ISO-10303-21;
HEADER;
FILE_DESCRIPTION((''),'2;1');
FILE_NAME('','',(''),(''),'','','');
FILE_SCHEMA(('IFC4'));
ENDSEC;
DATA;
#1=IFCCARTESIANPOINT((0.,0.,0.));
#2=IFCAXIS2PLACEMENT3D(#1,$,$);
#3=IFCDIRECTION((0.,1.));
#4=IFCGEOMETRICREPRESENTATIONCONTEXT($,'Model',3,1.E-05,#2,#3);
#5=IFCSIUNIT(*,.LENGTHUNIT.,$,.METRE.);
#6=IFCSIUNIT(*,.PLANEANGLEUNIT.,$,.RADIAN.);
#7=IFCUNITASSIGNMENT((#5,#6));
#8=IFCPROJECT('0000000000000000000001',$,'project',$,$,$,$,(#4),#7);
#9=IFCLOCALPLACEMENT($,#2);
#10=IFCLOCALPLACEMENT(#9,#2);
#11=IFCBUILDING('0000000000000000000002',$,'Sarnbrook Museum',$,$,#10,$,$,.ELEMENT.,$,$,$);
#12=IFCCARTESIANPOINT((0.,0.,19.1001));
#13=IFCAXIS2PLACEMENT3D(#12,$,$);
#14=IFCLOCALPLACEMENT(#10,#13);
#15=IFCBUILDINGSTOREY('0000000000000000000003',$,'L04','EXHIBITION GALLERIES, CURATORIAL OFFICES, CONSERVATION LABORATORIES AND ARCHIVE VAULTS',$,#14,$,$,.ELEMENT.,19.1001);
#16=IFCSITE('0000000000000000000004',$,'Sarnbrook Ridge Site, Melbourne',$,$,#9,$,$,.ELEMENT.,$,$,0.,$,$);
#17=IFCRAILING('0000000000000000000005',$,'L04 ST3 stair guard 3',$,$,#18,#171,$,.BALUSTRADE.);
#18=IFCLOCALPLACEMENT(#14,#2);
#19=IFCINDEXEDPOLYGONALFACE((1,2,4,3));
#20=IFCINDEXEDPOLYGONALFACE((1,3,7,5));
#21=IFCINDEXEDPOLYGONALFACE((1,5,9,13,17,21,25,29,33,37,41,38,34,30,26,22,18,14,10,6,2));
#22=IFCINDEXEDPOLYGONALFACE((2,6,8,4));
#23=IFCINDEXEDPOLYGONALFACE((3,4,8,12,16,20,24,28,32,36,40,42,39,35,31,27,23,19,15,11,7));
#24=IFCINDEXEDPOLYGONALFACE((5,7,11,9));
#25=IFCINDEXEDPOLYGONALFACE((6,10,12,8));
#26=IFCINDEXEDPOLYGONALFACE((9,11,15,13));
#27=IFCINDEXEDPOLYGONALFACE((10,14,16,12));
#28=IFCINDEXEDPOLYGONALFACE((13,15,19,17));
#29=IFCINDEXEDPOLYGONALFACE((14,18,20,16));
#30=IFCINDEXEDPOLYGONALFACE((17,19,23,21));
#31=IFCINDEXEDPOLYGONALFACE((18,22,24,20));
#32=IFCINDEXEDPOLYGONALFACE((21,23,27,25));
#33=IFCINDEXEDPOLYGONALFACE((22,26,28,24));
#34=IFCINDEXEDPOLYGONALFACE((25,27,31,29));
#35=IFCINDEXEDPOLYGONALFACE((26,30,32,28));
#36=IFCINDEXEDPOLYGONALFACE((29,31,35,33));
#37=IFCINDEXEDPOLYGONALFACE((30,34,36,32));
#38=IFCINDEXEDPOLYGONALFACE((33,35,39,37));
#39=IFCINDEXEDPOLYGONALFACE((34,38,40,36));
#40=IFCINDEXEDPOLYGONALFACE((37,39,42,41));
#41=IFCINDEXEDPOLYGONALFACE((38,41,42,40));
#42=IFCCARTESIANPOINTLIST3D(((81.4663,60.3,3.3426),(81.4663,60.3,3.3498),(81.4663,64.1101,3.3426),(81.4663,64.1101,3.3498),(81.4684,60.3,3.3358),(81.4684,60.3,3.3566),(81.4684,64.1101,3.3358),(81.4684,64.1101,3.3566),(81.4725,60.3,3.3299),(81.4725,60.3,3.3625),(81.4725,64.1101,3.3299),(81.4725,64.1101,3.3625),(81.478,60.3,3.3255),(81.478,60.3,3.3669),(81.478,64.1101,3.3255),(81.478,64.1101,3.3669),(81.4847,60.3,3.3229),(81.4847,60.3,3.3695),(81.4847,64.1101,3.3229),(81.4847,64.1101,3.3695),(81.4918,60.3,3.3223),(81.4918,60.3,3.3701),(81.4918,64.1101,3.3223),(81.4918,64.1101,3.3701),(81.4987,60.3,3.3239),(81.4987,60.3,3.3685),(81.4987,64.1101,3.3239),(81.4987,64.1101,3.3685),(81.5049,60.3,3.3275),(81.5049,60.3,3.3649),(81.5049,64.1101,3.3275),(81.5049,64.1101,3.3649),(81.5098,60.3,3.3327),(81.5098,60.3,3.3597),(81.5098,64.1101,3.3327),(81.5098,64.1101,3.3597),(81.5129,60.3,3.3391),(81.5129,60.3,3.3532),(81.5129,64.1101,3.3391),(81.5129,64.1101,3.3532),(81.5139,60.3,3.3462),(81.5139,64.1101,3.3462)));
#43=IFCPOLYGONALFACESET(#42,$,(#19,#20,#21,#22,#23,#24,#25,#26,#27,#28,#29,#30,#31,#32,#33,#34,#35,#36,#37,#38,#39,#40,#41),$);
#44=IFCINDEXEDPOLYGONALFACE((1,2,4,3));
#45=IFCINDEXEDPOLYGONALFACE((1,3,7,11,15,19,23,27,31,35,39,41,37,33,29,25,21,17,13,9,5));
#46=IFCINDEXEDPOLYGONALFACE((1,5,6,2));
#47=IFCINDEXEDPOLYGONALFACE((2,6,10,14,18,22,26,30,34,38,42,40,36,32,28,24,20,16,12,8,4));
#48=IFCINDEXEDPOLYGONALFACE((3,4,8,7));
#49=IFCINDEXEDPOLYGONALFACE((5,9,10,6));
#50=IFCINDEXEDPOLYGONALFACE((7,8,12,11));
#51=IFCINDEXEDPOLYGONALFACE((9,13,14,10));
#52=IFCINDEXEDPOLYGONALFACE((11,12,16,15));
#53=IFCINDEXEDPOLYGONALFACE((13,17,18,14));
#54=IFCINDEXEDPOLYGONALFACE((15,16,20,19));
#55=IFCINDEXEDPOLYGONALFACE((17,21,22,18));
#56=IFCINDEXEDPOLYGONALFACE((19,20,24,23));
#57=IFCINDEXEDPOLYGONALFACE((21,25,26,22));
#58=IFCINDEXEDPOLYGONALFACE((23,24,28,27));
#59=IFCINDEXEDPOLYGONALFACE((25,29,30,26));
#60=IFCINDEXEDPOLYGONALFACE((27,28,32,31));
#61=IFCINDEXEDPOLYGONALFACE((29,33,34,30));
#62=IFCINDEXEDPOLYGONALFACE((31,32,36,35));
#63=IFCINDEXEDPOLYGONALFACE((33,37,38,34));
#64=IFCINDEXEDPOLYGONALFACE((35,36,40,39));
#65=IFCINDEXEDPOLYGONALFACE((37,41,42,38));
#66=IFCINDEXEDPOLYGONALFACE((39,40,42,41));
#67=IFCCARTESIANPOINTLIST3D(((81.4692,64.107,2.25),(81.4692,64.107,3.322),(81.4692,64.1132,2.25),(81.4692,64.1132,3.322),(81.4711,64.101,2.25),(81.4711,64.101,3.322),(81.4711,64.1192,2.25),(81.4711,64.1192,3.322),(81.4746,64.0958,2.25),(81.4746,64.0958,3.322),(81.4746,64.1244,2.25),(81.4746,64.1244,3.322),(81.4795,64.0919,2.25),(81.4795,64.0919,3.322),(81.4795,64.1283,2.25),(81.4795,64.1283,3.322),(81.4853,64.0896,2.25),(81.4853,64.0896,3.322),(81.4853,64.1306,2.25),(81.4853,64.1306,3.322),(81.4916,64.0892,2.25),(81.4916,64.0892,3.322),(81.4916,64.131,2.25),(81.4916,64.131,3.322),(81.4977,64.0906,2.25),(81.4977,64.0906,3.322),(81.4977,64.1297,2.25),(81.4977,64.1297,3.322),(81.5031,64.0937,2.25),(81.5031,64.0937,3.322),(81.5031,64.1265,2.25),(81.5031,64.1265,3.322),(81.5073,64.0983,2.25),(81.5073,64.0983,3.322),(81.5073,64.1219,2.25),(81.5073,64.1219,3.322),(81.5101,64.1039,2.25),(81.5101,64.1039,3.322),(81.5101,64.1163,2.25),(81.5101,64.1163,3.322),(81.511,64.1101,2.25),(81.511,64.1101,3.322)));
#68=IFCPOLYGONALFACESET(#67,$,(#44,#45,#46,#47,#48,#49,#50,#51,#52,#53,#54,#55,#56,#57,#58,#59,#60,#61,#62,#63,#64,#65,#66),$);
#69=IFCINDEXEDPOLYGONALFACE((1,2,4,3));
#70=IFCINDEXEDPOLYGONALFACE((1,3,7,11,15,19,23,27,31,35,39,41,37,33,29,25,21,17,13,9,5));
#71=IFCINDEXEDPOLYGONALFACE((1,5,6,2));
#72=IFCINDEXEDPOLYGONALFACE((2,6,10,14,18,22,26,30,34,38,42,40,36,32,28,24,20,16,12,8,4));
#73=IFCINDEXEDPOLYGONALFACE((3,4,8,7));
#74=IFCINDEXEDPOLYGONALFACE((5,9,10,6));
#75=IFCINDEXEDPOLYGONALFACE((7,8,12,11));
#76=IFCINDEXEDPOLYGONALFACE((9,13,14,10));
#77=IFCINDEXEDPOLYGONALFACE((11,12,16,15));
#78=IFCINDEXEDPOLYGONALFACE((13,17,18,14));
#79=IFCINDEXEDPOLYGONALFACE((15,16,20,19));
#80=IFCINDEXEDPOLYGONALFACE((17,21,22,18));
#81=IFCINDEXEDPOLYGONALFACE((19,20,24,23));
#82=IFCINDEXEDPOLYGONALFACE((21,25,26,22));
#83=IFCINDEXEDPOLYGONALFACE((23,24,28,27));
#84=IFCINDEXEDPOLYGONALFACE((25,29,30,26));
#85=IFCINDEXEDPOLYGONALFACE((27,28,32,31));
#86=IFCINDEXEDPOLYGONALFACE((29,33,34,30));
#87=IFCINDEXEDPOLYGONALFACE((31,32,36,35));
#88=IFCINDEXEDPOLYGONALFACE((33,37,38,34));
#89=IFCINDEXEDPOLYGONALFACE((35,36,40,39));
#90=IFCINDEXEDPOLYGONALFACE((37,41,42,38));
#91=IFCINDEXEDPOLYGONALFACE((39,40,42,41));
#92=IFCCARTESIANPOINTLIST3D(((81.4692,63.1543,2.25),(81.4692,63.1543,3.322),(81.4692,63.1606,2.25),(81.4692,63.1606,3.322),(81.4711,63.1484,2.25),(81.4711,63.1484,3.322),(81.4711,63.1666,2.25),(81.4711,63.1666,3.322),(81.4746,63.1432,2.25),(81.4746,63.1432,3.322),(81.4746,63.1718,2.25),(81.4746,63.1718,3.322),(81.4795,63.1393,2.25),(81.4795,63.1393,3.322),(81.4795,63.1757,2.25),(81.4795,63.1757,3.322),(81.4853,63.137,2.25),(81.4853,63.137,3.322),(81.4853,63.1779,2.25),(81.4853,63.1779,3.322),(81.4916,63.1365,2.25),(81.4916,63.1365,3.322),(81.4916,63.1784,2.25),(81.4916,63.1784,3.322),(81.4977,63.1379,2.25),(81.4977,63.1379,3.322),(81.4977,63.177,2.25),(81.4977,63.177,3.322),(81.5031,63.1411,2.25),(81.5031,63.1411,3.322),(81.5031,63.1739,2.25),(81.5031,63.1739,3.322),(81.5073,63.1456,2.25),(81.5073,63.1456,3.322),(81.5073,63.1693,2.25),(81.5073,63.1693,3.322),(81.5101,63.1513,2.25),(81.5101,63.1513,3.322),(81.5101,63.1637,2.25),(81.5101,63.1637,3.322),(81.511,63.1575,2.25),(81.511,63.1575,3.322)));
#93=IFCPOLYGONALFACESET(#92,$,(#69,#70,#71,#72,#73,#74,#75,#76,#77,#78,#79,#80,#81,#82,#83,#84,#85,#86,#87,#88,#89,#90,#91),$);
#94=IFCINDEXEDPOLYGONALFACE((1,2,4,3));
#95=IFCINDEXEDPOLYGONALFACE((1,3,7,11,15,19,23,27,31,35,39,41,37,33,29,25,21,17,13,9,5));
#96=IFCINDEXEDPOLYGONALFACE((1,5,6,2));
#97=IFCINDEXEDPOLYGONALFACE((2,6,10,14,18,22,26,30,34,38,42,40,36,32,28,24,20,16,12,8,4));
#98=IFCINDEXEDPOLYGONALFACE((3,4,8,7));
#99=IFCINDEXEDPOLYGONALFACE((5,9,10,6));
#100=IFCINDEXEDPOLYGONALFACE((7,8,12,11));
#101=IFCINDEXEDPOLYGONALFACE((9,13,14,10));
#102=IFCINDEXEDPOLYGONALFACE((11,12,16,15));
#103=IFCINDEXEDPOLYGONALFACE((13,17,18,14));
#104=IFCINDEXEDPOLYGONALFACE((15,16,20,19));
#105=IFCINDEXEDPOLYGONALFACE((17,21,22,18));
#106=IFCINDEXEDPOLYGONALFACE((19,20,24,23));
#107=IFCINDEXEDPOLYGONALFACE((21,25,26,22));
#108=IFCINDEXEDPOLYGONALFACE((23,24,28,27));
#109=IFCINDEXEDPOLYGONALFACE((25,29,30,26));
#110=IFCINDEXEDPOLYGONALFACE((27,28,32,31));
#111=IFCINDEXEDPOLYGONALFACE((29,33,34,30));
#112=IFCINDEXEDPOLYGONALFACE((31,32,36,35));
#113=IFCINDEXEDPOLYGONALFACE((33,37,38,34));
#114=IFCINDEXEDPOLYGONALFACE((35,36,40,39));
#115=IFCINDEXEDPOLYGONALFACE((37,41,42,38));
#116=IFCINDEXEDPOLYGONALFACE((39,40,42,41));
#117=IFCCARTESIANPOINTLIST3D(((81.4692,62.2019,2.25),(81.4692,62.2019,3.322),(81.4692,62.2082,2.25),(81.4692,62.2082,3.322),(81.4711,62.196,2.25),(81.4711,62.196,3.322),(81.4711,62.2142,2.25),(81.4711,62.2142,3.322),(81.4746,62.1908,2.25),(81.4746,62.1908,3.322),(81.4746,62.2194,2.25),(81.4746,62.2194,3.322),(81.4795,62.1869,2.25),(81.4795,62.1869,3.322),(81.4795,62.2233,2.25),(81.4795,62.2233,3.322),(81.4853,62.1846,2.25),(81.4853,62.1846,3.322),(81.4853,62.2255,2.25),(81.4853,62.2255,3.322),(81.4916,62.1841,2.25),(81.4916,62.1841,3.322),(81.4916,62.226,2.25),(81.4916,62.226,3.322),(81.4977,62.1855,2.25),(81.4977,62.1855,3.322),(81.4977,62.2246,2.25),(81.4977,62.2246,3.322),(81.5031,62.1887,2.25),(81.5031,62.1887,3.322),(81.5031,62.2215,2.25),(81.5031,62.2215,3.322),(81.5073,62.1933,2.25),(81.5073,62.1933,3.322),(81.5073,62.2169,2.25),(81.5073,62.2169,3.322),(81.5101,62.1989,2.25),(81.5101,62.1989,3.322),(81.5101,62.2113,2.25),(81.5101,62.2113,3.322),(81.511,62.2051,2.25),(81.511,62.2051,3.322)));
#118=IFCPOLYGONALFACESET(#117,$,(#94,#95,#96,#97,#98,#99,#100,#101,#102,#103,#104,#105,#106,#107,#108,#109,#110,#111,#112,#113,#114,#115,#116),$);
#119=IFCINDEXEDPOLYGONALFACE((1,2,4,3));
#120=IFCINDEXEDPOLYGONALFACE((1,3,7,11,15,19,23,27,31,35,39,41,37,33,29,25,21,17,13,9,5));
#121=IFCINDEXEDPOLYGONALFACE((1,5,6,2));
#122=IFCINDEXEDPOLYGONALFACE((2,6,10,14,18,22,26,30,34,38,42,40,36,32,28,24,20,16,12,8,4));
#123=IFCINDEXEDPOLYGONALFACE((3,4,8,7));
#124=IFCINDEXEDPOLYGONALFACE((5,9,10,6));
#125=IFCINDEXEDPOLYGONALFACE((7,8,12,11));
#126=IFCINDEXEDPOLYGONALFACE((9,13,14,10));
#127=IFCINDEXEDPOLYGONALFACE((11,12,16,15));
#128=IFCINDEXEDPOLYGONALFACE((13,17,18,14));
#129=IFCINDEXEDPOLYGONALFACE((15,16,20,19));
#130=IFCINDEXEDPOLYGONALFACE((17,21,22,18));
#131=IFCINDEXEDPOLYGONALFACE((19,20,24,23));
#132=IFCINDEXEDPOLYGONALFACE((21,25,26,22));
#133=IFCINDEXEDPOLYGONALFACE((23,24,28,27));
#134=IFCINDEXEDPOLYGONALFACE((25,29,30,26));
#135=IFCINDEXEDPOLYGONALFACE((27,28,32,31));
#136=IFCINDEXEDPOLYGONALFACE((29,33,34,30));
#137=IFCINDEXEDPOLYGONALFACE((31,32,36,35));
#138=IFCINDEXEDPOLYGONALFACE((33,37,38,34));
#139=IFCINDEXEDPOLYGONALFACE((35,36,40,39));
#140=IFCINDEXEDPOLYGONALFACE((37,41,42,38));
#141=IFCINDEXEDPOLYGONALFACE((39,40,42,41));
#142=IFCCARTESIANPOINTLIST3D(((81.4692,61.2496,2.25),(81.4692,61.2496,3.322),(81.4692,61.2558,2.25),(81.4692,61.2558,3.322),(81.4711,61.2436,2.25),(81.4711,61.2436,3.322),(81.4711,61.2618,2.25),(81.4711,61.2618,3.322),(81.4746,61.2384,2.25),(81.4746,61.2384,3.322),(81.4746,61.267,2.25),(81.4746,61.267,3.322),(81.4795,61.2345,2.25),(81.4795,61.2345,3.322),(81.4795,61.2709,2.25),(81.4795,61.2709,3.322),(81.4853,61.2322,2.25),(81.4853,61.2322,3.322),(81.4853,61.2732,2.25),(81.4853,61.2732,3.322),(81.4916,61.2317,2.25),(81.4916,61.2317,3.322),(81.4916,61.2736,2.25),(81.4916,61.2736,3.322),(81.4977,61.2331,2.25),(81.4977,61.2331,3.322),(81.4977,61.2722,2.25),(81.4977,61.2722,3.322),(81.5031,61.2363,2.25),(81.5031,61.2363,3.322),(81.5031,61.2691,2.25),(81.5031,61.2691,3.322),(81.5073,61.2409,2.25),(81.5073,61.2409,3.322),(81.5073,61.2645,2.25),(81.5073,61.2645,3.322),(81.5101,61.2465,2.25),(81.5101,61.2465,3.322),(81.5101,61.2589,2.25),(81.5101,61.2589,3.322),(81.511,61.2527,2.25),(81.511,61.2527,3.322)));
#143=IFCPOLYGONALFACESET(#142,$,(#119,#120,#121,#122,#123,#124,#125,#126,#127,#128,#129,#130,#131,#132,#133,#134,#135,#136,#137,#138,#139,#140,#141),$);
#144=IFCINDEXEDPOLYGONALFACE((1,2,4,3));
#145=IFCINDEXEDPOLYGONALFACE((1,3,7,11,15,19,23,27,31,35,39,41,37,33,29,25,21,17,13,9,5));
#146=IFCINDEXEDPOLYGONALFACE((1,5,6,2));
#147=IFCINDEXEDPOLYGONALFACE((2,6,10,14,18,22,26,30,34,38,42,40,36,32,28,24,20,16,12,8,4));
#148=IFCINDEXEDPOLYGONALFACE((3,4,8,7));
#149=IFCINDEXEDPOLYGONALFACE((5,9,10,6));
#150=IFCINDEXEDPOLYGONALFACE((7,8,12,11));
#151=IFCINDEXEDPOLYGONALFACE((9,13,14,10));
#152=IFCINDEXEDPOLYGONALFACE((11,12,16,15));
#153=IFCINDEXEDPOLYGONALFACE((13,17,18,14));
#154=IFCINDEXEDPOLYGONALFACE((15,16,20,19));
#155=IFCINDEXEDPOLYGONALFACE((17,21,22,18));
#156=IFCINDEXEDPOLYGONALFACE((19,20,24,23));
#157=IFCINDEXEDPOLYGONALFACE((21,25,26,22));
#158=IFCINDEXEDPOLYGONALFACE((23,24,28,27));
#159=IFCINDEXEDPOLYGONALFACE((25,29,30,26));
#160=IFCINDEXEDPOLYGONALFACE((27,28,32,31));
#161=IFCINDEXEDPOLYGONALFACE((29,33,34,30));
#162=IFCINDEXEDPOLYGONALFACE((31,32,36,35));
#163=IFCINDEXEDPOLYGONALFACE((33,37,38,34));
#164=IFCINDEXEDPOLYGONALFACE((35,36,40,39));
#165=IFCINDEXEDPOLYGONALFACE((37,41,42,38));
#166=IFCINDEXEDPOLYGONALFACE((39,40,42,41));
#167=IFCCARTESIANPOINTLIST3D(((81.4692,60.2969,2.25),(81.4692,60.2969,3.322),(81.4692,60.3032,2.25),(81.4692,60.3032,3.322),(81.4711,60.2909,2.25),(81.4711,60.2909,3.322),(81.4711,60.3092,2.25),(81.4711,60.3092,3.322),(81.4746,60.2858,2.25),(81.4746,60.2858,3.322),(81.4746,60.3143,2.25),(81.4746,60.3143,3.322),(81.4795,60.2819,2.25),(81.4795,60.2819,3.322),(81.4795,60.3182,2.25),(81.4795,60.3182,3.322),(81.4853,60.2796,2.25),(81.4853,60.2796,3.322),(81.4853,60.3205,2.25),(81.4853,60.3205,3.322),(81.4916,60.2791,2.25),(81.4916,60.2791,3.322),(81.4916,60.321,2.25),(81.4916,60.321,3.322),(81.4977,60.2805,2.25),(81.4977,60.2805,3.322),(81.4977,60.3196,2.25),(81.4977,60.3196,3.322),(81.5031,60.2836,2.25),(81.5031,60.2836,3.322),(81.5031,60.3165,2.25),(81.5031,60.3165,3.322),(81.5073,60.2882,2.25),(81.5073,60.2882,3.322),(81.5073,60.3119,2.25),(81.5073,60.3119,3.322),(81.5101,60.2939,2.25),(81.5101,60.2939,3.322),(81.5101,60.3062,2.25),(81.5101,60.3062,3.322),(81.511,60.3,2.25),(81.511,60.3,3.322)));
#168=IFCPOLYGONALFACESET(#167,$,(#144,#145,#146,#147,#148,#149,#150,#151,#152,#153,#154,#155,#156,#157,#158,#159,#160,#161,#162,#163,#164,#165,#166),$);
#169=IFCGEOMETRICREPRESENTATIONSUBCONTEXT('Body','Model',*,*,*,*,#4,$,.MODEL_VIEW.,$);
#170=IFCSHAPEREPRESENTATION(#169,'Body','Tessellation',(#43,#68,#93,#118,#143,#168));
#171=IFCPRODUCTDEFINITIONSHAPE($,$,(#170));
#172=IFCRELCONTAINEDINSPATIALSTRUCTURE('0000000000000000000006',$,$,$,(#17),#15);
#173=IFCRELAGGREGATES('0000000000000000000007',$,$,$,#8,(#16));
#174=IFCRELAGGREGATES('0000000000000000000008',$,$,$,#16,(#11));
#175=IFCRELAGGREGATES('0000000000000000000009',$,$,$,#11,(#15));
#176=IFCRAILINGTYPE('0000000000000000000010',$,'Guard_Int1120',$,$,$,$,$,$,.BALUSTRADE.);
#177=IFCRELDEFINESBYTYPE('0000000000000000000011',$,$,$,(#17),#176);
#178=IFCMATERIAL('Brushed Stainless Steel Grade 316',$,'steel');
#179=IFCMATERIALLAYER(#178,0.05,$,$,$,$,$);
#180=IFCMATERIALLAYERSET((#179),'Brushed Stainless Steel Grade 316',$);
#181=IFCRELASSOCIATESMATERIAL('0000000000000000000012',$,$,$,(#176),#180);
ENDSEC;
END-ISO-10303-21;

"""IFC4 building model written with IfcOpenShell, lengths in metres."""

from ifc_helpers import new_model, si_unit, direction, frame, origin, origin_2d, place, context, subcontext, project, spatial, circle, extrude, material, layer, layer_set, type_object, element, save


model = new_model("IFC4")

# Units and contexts
model_context = context("Model", 3, precision=1e-05, world=origin(), true_north=direction((0.0, 1.0)))
body_context = subcontext(model_context, "Body", "Model", "MODEL_VIEW")
ifc_project = project(units=[si_unit("LENGTHUNIT", "METRE"), si_unit("PLANEANGLEUNIT", "RADIAN")], contexts=[model_context])

# Site, building, storey
site_placement = place(None, origin())
site = spatial("IfcSite", under=ifc_project, at=site_placement, Name="Sarnbrook Ridge Site, Melbourne", CompositionType="ELEMENT", RefElevation=0.0)
building_placement = place(site_placement, origin())
building = spatial("IfcBuilding", under=site, at=building_placement, Name="Sarnbrook Museum", CompositionType="ELEMENT")
storey_placement = place(building_placement, frame((0.0, 0.0, 19.1001)))
storey = spatial("IfcBuildingStorey", under=building, at=storey_placement, Name="L04", Description="EXHIBITION GALLERIES, CURATORIAL OFFICES, CONSERVATION LABORATORIES AND ARCHIVE VAULTS", CompositionType="ELEMENT", Elevation=19.1001)

# Shared definitions
ifc_material_1 = material(Name="Brushed Stainless Steel Grade 316", Category="steel")

# Railing
ifc_layer_1 = layer(ifc_material_1, 0.05)
ifc_layer_set_1 = layer_set([ifc_layer_1], Name="Brushed Stainless Steel Grade 316")
railing_type_1 = type_object("IfcRailingType", Name="Guard_Int1120", PredefinedType="BALUSTRADE", material=ifc_layer_set_1)
for number, where, name in (
    (1, (81.49, 64.1101, 2.25), "L04 ST3 stair guard 3"),
):
    element("IfcRailing", number, at=place(storey_placement, frame(where)), inside=storey, type_object=railing_type_1, Name=name, PredefinedType="BALUSTRADE", context=body_context, shape_type="SweptSolid", body=[
        extrude(circle(Radius=0.0239, at=origin_2d()), frame((0.0, 0.0, 1.0962), z_axis=(0.0, -1.0, 0.0), x_axis=(1.0, 0.0, 0.0)), (0.0, 0.0, 1.0), 3.8101),
        extrude(circle(Radius=0.021, at=origin_2d()), origin(), (0.0, 0.0, 1.0), 1.072),
        extrude(circle(Radius=0.021, at=origin_2d()), frame((0.0, -0.9526, 0.0)), (0.0, 0.0, 1.0), 1.072),
        extrude(circle(Radius=0.021, at=origin_2d()), frame((0.0, -1.905, 0.0)), (0.0, 0.0, 1.0), 1.072),
        extrude(circle(Radius=0.021, at=origin_2d()), frame((0.0, -2.8574, 0.0)), (0.0, 0.0, 1.0), 1.072),
        extrude(circle(Radius=0.021, at=origin_2d()), frame((0.0, -3.8101, 0.0)), (0.0, 0.0, 1.0), 1.072),
    ])

save(model, "model.ifc")
